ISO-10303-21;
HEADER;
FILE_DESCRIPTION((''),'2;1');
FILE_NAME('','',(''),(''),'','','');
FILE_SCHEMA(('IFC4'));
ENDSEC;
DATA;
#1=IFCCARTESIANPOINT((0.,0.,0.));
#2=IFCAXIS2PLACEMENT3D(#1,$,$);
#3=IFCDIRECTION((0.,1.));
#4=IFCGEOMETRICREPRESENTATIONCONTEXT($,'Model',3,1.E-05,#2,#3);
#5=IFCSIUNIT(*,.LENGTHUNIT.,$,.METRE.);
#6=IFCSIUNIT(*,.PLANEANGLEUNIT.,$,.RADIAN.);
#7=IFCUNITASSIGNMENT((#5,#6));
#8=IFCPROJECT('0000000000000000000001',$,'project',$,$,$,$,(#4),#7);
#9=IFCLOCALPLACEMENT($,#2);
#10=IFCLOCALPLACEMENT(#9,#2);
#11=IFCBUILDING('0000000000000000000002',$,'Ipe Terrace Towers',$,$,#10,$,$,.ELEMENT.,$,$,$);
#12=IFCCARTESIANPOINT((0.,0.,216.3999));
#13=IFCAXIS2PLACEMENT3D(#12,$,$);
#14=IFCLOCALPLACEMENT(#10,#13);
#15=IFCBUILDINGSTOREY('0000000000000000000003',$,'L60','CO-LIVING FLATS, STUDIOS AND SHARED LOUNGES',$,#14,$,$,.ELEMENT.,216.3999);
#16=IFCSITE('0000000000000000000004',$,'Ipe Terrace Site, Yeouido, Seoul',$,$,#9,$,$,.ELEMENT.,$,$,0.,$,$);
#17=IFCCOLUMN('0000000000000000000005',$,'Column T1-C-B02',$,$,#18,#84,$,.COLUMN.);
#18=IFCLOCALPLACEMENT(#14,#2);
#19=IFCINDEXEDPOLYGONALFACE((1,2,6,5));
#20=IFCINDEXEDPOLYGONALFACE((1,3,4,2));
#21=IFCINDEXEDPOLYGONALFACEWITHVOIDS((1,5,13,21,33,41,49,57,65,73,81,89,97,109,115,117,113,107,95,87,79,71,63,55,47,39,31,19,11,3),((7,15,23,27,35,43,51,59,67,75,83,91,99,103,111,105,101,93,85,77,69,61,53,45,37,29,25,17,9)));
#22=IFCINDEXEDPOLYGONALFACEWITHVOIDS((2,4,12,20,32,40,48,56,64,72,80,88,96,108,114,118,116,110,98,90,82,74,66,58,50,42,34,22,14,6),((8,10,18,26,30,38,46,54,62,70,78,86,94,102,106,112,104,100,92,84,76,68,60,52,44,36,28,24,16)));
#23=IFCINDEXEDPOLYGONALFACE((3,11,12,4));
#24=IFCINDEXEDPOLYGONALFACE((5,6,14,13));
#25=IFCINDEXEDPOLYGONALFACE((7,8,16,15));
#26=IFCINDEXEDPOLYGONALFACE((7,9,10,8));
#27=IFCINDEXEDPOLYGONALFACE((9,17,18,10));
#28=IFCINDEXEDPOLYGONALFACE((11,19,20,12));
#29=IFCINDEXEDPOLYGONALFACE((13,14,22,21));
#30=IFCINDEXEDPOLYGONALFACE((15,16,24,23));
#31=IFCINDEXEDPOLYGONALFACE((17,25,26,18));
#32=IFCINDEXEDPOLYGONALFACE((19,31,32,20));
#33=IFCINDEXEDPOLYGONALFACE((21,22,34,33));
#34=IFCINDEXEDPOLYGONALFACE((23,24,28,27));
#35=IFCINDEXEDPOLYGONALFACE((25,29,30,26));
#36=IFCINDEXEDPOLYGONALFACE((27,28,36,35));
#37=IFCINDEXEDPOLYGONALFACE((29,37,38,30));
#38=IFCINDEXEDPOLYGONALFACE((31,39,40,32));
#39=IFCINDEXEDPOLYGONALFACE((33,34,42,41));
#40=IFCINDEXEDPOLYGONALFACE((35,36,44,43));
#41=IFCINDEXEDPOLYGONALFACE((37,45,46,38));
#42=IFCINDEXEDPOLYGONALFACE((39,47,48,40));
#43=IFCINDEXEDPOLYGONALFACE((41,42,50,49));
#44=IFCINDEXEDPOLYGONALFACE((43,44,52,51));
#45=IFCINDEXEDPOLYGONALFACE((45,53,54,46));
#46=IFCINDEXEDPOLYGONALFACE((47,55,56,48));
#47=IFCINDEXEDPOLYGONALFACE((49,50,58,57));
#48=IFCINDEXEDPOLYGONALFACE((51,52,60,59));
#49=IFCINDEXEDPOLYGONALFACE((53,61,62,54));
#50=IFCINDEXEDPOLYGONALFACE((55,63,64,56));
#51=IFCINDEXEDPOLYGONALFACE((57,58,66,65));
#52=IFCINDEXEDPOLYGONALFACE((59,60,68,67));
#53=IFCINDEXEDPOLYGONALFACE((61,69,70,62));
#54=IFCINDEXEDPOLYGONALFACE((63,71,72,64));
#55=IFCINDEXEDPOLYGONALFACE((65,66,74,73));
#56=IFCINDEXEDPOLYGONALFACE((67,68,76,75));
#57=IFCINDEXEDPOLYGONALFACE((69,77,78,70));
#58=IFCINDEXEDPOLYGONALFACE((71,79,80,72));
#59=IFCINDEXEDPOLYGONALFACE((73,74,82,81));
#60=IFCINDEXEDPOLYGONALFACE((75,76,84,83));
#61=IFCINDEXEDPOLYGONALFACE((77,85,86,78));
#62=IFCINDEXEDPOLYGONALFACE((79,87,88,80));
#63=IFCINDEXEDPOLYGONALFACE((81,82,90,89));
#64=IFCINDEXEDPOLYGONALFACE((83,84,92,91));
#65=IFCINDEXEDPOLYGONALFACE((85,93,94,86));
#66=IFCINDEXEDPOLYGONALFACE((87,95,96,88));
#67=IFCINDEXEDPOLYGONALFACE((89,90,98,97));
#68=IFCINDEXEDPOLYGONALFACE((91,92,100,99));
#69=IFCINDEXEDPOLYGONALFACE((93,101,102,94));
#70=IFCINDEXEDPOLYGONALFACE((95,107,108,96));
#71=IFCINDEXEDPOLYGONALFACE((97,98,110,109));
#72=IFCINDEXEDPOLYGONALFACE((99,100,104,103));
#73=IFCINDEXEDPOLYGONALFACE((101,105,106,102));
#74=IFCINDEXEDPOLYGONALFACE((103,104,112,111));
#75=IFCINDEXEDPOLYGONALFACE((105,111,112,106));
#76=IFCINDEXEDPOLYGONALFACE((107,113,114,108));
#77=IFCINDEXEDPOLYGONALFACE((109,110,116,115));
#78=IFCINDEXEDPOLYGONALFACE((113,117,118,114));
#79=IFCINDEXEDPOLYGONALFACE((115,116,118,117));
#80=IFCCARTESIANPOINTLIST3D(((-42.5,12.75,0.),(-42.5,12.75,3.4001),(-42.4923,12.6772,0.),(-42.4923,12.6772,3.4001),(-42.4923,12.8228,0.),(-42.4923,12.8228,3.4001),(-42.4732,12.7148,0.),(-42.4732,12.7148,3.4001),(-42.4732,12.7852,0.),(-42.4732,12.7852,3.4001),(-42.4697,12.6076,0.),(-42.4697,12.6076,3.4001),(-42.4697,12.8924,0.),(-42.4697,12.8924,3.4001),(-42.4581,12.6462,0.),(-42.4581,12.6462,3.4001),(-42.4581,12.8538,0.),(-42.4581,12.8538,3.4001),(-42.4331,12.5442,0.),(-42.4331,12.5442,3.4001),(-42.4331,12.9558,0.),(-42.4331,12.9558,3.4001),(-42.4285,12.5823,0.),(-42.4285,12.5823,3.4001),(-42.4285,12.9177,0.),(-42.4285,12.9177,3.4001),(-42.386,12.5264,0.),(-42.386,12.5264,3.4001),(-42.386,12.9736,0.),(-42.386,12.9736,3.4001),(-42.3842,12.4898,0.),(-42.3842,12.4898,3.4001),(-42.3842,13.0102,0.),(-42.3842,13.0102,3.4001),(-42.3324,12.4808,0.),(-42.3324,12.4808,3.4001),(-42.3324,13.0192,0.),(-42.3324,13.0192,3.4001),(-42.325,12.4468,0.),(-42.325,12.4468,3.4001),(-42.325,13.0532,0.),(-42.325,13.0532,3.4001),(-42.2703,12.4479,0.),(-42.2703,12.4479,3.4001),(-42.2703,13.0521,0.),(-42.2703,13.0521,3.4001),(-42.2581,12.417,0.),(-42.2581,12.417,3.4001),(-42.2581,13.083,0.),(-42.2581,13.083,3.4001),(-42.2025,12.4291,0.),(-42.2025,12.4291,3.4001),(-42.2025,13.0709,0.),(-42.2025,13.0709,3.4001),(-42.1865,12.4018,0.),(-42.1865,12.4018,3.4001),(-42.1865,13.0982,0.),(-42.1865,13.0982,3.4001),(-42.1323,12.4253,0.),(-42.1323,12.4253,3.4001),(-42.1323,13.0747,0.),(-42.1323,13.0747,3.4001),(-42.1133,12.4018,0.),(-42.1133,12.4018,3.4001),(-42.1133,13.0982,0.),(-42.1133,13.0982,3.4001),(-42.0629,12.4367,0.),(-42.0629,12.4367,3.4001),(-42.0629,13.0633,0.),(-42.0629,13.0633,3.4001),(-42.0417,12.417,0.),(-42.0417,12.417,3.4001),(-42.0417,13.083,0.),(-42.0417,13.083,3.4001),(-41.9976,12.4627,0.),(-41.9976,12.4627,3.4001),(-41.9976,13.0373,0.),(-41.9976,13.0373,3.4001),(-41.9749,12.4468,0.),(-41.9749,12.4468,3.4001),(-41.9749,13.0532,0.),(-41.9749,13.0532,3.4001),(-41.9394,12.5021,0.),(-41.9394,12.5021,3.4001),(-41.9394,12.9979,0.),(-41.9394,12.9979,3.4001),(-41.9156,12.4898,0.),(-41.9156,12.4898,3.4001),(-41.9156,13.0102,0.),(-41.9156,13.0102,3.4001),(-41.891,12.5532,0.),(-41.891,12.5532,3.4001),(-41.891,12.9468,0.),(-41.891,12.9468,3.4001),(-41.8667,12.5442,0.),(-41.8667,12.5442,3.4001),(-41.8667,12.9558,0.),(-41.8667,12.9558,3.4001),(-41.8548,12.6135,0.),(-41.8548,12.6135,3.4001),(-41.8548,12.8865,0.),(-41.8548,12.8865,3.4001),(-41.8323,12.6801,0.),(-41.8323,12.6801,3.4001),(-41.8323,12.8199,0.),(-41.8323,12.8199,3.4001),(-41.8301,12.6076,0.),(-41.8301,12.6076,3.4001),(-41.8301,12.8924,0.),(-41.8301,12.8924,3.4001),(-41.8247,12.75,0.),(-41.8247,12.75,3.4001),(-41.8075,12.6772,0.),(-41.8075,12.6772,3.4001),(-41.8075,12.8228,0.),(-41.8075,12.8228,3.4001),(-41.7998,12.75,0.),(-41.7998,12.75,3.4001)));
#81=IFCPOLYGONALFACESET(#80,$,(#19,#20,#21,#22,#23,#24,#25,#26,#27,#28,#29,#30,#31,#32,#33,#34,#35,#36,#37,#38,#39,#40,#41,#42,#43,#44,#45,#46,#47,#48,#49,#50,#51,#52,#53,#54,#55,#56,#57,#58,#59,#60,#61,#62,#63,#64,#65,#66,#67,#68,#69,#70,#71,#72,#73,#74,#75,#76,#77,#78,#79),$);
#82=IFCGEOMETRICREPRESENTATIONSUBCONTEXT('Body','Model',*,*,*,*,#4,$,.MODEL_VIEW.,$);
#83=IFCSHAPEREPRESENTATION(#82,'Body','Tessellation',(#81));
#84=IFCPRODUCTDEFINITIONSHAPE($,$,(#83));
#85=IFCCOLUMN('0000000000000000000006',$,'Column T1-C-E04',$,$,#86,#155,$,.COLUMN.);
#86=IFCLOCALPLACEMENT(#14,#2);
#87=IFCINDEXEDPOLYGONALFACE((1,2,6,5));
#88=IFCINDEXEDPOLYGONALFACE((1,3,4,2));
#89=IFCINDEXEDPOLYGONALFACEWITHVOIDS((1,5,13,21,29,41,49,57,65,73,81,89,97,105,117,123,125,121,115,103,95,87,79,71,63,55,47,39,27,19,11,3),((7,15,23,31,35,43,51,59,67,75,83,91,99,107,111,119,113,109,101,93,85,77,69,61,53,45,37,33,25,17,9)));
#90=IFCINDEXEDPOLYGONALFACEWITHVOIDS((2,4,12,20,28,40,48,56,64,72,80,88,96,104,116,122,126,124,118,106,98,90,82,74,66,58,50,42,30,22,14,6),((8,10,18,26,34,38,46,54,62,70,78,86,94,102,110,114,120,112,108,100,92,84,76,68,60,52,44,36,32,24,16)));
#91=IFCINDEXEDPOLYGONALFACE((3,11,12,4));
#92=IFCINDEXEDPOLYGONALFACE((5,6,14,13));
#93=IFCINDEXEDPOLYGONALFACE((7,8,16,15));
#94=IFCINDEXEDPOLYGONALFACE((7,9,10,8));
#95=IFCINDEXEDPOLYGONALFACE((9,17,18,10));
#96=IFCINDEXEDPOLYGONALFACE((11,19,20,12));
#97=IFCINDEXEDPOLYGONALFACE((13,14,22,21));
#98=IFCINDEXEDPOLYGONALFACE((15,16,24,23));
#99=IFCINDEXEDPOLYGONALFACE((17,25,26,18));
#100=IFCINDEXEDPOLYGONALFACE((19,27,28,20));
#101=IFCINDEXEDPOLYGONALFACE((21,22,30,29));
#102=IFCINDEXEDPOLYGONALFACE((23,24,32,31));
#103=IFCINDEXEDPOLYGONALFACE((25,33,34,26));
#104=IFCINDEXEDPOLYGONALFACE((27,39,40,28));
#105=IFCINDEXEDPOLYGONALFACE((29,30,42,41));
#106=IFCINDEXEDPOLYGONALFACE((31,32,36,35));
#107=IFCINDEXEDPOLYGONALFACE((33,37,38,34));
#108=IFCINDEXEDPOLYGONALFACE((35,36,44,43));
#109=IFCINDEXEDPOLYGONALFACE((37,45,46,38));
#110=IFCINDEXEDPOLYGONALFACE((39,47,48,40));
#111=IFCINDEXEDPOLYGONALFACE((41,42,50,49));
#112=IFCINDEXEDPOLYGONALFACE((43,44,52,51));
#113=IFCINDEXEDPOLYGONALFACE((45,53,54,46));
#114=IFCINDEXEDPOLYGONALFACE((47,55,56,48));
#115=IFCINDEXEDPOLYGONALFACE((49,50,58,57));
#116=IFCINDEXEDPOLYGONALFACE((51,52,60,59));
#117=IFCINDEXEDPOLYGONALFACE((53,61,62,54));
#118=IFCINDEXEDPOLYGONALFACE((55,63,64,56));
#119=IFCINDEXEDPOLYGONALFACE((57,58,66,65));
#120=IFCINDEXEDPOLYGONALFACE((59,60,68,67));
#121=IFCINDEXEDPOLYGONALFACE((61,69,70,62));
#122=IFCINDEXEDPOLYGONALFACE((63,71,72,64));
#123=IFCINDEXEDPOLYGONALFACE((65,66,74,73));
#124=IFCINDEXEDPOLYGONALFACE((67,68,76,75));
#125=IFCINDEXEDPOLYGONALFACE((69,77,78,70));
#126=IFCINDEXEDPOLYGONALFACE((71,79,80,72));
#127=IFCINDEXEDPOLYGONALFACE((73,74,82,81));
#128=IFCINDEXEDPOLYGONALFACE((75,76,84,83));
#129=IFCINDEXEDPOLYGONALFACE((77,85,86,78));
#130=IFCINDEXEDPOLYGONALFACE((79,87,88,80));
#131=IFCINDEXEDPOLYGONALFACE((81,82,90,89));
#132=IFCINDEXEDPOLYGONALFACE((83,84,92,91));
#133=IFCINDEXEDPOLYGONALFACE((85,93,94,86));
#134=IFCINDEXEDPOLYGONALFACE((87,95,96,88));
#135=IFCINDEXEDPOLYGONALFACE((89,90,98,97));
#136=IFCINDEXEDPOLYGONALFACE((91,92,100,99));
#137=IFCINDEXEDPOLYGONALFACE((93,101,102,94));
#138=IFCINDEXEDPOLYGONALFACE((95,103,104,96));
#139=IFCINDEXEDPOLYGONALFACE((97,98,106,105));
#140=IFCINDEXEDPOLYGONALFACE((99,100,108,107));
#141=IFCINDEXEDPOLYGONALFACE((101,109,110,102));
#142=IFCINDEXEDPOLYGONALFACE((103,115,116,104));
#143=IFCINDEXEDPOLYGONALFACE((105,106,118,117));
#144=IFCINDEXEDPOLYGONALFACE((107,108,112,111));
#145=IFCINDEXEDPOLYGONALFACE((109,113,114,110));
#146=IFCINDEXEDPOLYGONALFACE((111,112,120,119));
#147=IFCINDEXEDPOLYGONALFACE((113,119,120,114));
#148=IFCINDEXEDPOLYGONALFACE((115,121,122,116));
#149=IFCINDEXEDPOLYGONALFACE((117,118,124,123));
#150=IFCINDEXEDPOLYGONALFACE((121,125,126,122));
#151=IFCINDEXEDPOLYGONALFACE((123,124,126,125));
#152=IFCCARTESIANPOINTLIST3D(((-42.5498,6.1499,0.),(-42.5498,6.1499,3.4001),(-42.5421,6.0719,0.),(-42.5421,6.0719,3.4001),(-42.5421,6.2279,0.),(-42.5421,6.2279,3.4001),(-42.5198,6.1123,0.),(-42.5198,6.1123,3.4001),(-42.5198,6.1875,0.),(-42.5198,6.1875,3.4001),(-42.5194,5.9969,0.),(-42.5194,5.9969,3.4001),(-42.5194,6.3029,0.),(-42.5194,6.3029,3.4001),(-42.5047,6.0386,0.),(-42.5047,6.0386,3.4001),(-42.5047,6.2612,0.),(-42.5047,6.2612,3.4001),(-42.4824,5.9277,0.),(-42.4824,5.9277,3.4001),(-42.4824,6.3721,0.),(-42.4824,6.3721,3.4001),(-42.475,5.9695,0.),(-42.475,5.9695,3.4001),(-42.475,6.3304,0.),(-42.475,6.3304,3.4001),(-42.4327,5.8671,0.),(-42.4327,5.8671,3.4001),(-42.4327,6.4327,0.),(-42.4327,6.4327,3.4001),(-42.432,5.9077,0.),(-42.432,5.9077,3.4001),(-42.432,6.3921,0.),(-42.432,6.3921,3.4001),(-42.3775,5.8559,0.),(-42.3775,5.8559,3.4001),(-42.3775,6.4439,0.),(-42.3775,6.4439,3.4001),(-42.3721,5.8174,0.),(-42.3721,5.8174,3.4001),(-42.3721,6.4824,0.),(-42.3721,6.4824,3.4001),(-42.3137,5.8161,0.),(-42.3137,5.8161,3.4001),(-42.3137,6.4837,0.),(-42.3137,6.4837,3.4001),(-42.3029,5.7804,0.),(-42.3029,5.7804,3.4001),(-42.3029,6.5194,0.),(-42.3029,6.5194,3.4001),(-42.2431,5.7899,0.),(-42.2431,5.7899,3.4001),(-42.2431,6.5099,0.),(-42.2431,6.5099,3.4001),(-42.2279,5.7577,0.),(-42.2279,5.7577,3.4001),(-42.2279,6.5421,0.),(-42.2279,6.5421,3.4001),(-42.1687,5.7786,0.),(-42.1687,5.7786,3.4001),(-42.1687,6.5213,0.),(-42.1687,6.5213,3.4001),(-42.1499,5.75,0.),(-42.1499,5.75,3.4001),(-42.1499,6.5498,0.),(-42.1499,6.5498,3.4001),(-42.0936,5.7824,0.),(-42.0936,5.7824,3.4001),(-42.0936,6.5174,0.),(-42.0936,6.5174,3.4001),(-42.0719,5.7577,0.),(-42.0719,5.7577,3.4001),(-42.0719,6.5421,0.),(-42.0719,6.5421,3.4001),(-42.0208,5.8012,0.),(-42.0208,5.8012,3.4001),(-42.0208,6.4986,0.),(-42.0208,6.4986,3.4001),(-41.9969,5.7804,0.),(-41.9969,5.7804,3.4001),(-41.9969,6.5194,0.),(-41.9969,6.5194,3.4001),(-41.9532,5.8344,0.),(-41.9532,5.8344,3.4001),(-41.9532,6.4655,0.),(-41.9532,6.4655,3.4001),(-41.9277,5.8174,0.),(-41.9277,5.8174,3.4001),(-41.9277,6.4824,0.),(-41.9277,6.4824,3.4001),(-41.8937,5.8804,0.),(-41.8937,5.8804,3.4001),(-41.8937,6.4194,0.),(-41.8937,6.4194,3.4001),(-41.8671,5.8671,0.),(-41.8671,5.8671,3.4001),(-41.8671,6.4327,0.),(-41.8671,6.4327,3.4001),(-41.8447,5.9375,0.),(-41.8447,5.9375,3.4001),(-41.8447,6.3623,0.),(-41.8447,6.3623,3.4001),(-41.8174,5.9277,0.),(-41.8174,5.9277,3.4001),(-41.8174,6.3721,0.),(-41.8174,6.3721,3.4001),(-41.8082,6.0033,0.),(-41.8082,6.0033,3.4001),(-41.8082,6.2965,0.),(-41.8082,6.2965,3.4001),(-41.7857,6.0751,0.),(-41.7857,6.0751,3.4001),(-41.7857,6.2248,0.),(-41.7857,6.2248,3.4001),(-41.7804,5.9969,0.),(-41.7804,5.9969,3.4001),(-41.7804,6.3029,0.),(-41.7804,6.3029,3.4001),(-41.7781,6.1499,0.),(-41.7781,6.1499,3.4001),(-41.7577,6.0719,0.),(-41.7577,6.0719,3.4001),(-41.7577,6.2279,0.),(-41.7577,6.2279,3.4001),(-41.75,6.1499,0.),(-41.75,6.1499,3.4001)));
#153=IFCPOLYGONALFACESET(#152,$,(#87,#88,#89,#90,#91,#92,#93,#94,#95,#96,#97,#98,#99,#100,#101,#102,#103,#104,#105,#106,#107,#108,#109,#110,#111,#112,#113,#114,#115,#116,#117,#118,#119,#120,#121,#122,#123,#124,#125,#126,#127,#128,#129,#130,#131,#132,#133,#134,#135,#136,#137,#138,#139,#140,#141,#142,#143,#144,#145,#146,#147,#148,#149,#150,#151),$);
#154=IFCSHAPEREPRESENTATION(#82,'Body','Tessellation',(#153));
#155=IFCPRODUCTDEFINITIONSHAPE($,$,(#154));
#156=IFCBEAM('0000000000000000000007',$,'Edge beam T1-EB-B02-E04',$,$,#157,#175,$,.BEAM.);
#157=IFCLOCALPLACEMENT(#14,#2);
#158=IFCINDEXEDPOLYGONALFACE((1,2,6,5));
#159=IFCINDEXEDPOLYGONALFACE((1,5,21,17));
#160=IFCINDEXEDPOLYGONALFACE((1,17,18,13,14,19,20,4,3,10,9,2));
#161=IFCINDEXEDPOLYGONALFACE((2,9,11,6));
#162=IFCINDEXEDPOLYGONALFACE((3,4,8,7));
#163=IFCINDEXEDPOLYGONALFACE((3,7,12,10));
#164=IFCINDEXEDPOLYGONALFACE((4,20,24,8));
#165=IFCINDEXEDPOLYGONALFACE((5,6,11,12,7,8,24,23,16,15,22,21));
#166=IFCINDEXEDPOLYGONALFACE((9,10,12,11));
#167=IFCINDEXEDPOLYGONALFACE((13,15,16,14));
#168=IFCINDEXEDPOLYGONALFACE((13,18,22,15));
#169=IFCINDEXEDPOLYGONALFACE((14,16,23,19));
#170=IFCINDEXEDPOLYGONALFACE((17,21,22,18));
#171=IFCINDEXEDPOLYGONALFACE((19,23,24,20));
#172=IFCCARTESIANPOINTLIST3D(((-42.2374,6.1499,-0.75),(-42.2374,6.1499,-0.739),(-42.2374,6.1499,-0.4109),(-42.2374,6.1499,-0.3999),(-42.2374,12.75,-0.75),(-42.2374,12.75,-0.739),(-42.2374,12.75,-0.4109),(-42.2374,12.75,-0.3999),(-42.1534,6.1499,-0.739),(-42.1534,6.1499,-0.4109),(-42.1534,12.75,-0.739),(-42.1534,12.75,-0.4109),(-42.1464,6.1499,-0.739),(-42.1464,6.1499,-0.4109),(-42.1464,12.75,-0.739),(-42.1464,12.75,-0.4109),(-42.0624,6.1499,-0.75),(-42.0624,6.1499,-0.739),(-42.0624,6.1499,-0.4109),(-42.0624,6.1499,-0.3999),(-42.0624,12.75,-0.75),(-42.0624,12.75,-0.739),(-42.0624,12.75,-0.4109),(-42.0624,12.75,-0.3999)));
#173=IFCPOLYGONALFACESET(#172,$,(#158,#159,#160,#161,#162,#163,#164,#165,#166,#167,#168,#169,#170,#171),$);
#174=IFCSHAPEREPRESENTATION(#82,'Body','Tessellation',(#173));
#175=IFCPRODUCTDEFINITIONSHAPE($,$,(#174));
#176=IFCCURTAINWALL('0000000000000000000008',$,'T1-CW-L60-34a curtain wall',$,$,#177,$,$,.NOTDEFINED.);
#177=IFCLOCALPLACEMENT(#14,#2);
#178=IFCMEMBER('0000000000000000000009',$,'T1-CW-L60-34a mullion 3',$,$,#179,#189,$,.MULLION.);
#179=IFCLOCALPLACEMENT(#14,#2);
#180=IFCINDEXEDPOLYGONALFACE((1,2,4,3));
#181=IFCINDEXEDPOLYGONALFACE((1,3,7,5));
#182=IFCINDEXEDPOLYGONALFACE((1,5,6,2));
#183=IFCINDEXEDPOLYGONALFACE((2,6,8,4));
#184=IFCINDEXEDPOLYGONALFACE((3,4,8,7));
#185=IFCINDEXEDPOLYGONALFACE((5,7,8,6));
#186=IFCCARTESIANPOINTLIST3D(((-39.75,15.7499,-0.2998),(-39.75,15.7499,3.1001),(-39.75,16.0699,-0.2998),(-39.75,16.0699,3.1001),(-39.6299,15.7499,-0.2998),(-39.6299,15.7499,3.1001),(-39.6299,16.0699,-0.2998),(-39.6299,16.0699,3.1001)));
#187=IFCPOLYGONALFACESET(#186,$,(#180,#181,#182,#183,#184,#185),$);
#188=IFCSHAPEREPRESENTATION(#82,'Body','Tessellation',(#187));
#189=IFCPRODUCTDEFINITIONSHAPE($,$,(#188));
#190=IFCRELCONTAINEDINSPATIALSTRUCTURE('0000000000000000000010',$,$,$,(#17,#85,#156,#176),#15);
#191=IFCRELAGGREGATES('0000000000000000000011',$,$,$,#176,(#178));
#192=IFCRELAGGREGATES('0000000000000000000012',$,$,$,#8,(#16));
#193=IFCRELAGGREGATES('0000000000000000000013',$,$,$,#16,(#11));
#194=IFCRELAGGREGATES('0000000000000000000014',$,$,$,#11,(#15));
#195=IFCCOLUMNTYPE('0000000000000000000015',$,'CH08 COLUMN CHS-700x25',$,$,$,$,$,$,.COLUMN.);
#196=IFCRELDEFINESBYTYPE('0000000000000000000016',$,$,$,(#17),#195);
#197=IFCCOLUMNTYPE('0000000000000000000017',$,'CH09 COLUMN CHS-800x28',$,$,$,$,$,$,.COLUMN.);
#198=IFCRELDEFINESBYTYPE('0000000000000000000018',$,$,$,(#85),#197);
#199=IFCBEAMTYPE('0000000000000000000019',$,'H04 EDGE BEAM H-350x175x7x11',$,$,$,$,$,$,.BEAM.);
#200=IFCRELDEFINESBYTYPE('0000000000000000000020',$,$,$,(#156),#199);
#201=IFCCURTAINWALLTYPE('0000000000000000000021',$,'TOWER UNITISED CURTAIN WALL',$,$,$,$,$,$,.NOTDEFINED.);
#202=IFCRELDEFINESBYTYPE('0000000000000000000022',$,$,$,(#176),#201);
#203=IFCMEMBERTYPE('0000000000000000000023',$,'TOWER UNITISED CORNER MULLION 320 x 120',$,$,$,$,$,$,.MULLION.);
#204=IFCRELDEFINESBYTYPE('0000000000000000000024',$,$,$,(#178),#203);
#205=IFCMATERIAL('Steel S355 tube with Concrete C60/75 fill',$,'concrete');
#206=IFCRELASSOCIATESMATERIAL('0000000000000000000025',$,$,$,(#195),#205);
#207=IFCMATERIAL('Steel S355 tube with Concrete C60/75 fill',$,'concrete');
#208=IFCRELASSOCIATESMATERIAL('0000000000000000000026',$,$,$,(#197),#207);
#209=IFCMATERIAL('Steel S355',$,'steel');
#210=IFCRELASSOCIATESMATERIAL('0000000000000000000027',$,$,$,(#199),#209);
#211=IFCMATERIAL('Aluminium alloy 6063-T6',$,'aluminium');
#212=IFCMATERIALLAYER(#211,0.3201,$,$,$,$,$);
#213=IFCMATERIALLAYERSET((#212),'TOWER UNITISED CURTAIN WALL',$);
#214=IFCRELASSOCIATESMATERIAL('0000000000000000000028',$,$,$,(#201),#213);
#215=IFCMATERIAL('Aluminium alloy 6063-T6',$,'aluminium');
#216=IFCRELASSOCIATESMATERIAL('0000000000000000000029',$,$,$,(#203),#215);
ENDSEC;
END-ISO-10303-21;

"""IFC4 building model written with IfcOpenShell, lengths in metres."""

from ifc_helpers import new_model, si_unit, direction, frame, origin, origin_2d, place, context, subcontext, project, spatial, rectangle, hollow_circle, i_section, extrude, material, layer, layer_set, material_profile, profile_set, type_object, element, aggregate, save


model = new_model("IFC4")

# Units and contexts
model_context = context("Model", 3, precision=1e-05, world=origin(), true_north=direction((0.0, 1.0)))
body_context = subcontext(model_context, "Body", "Model", "MODEL_VIEW")
ifc_project = project(units=[si_unit("LENGTHUNIT", "METRE"), si_unit("PLANEANGLEUNIT", "RADIAN")], contexts=[model_context])

# Site, building, storey
site_placement = place(None, origin())
site = spatial("IfcSite", under=ifc_project, at=site_placement, Name="Ipe Terrace Site, Yeouido, Seoul", CompositionType="ELEMENT", RefElevation=0.0)
building_placement = place(site_placement, origin())
building = spatial("IfcBuilding", under=site, at=building_placement, Name="Ipe Terrace Towers", CompositionType="ELEMENT")
storey_placement = place(building_placement, frame((0.0, 0.0, 216.3999)))
storey = spatial("IfcBuildingStorey", under=building, at=storey_placement, Name="L60", Description="CO-LIVING FLATS, STUDIOS AND SHARED LOUNGES", CompositionType="ELEMENT", Elevation=216.3999)

# Columns
ifc_material_1 = material(Name="Steel S355 tube with Concrete C60/75 fill", Category="concrete")
ifc_material_profile_1 = material_profile(ifc_material_1, hollow_circle(Radius=0.3501, WallThickness=0.0249, at=origin_2d()), Name="CHS-700x25")
ifc_profile_set_1 = profile_set([ifc_material_profile_1], Name="Steel S355 tube with Concrete C60/75 fill")
column_type_1 = type_object("IfcColumnType", Name="CH08 COLUMN CHS-700x25", PredefinedType="COLUMN", material=ifc_profile_set_1)
column_1_placement = place(storey_placement, frame((-42.1499, 12.75, 0.0), z_axis=(0.0, 0.0, 1.0), x_axis=(1.0, 0.0, 0.0)))
element("IfcColumn", 1, at=column_1_placement, inside=storey, type_object=column_type_1, Name="Column T1-C-B02", PredefinedType="COLUMN", context=body_context, shape_type="SweptSolid", body=[
    extrude(hollow_circle(Radius=0.3501, WallThickness=0.0249, at=origin_2d()), origin(), (0.0, 0.0, 1.0), 3.4001),
])
ifc_material_2 = material(Name="Steel S355 tube with Concrete C60/75 fill", Category="concrete")
ifc_material_profile_2 = material_profile(ifc_material_2, hollow_circle(Radius=0.3999, WallThickness=0.0281, at=origin_2d()), Name="CHS-800x28")
ifc_profile_set_2 = profile_set([ifc_material_profile_2], Name="Steel S355 tube with Concrete C60/75 fill")
column_type_2 = type_object("IfcColumnType", Name="CH09 COLUMN CHS-800x28", PredefinedType="COLUMN", material=ifc_profile_set_2)
column_2_placement = place(storey_placement, frame((-42.1499, 6.1499, 0.0), z_axis=(0.0, 0.0, 1.0), x_axis=(1.0, 0.0, 0.0)))
element("IfcColumn", 2, at=column_2_placement, inside=storey, type_object=column_type_2, Name="Column T1-C-E04", PredefinedType="COLUMN", context=body_context, shape_type="SweptSolid", body=[
    extrude(hollow_circle(Radius=0.3999, WallThickness=0.0281, at=origin_2d()), origin(), (0.0, 0.0, 1.0), 3.4001),
])

# Beam
ifc_material_3 = material(Name="Steel S355", Category="steel")
ifc_material_profile_3 = material_profile(ifc_material_3, i_section(OverallWidth=0.175, OverallDepth=0.3501, WebThickness=0.0071, FlangeThickness=0.011, at=origin_2d()), Name="H-350x175x7x11")
ifc_profile_set_3 = profile_set([ifc_material_profile_3], Name="Steel S355")
beam_type = type_object("IfcBeamType", Name="H04 EDGE BEAM H-350x175x7x11", PredefinedType="BEAM", material=ifc_profile_set_3)
beam_placement = place(storey_placement, frame((-42.1499, 12.75, -0.575), z_axis=(0.0, -1.0, 0.0), x_axis=(1.0, 0.0, 0.0)))
element("IfcBeam", 3, at=beam_placement, inside=storey, type_object=beam_type, Name="Edge beam T1-EB-B02-E04", PredefinedType="BEAM", context=body_context, shape_type="SweptSolid", body=[
    extrude(i_section(OverallWidth=0.175, OverallDepth=0.3501, WebThickness=0.0071, FlangeThickness=0.011, at=origin_2d()), origin(), (0.0, 0.0, 1.0), 6.6001),
])

# Curtain wall, member
ifc_material_4 = material(Name="Aluminium alloy 6063-T6", Category="aluminium")
ifc_layer_1 = layer(ifc_material_4, 0.3201)
ifc_layer_set_1 = layer_set([ifc_layer_1], Name="TOWER UNITISED CURTAIN WALL")
curtain_wall_type = type_object("IfcCurtainWallType", Name="TOWER UNITISED CURTAIN WALL", PredefinedType="NOTDEFINED", material=ifc_layer_set_1)
curtain_wall_placement = place(storey_placement, origin())
curtain_wall = element("IfcCurtainWall", 4, at=curtain_wall_placement, inside=storey, type_object=curtain_wall_type, Name="T1-CW-L60-34a curtain wall", PredefinedType="NOTDEFINED")
ifc_material_5 = material(Name="Aluminium alloy 6063-T6", Category="aluminium")
ifc_material_profile_4 = material_profile(ifc_material_5, rectangle(XDim=0.3201, YDim=0.1201, at=origin_2d()), Name="TOWER UNITISED CORNER MULLION 320 x 120")
ifc_profile_set_4 = profile_set([ifc_material_profile_4], Name="Aluminium alloy 6063-T6")
member_type_1 = type_object("IfcMemberType", Name="TOWER UNITISED CORNER MULLION 320 x 120", PredefinedType="MULLION", material=ifc_profile_set_4)
member_1_placement = place(storey_placement, frame((-39.6899, 15.9099, -0.2998), z_axis=(0.0, 0.0, 1.0), x_axis=(0.0, 1.0, 0.0)))
member_1 = element("IfcMember", 5, at=member_1_placement, type_object=member_type_1, Name="T1-CW-L60-34a mullion 3", PredefinedType="MULLION", context=body_context, shape_type="SweptSolid", body=[
    extrude(rectangle(XDim=0.3201, YDim=0.1201, at=origin_2d()), origin(), (0.0, 0.0, 1.0), 3.3999),
])
aggregate(curtain_wall, [member_1])

save(model, "model.ifc")
